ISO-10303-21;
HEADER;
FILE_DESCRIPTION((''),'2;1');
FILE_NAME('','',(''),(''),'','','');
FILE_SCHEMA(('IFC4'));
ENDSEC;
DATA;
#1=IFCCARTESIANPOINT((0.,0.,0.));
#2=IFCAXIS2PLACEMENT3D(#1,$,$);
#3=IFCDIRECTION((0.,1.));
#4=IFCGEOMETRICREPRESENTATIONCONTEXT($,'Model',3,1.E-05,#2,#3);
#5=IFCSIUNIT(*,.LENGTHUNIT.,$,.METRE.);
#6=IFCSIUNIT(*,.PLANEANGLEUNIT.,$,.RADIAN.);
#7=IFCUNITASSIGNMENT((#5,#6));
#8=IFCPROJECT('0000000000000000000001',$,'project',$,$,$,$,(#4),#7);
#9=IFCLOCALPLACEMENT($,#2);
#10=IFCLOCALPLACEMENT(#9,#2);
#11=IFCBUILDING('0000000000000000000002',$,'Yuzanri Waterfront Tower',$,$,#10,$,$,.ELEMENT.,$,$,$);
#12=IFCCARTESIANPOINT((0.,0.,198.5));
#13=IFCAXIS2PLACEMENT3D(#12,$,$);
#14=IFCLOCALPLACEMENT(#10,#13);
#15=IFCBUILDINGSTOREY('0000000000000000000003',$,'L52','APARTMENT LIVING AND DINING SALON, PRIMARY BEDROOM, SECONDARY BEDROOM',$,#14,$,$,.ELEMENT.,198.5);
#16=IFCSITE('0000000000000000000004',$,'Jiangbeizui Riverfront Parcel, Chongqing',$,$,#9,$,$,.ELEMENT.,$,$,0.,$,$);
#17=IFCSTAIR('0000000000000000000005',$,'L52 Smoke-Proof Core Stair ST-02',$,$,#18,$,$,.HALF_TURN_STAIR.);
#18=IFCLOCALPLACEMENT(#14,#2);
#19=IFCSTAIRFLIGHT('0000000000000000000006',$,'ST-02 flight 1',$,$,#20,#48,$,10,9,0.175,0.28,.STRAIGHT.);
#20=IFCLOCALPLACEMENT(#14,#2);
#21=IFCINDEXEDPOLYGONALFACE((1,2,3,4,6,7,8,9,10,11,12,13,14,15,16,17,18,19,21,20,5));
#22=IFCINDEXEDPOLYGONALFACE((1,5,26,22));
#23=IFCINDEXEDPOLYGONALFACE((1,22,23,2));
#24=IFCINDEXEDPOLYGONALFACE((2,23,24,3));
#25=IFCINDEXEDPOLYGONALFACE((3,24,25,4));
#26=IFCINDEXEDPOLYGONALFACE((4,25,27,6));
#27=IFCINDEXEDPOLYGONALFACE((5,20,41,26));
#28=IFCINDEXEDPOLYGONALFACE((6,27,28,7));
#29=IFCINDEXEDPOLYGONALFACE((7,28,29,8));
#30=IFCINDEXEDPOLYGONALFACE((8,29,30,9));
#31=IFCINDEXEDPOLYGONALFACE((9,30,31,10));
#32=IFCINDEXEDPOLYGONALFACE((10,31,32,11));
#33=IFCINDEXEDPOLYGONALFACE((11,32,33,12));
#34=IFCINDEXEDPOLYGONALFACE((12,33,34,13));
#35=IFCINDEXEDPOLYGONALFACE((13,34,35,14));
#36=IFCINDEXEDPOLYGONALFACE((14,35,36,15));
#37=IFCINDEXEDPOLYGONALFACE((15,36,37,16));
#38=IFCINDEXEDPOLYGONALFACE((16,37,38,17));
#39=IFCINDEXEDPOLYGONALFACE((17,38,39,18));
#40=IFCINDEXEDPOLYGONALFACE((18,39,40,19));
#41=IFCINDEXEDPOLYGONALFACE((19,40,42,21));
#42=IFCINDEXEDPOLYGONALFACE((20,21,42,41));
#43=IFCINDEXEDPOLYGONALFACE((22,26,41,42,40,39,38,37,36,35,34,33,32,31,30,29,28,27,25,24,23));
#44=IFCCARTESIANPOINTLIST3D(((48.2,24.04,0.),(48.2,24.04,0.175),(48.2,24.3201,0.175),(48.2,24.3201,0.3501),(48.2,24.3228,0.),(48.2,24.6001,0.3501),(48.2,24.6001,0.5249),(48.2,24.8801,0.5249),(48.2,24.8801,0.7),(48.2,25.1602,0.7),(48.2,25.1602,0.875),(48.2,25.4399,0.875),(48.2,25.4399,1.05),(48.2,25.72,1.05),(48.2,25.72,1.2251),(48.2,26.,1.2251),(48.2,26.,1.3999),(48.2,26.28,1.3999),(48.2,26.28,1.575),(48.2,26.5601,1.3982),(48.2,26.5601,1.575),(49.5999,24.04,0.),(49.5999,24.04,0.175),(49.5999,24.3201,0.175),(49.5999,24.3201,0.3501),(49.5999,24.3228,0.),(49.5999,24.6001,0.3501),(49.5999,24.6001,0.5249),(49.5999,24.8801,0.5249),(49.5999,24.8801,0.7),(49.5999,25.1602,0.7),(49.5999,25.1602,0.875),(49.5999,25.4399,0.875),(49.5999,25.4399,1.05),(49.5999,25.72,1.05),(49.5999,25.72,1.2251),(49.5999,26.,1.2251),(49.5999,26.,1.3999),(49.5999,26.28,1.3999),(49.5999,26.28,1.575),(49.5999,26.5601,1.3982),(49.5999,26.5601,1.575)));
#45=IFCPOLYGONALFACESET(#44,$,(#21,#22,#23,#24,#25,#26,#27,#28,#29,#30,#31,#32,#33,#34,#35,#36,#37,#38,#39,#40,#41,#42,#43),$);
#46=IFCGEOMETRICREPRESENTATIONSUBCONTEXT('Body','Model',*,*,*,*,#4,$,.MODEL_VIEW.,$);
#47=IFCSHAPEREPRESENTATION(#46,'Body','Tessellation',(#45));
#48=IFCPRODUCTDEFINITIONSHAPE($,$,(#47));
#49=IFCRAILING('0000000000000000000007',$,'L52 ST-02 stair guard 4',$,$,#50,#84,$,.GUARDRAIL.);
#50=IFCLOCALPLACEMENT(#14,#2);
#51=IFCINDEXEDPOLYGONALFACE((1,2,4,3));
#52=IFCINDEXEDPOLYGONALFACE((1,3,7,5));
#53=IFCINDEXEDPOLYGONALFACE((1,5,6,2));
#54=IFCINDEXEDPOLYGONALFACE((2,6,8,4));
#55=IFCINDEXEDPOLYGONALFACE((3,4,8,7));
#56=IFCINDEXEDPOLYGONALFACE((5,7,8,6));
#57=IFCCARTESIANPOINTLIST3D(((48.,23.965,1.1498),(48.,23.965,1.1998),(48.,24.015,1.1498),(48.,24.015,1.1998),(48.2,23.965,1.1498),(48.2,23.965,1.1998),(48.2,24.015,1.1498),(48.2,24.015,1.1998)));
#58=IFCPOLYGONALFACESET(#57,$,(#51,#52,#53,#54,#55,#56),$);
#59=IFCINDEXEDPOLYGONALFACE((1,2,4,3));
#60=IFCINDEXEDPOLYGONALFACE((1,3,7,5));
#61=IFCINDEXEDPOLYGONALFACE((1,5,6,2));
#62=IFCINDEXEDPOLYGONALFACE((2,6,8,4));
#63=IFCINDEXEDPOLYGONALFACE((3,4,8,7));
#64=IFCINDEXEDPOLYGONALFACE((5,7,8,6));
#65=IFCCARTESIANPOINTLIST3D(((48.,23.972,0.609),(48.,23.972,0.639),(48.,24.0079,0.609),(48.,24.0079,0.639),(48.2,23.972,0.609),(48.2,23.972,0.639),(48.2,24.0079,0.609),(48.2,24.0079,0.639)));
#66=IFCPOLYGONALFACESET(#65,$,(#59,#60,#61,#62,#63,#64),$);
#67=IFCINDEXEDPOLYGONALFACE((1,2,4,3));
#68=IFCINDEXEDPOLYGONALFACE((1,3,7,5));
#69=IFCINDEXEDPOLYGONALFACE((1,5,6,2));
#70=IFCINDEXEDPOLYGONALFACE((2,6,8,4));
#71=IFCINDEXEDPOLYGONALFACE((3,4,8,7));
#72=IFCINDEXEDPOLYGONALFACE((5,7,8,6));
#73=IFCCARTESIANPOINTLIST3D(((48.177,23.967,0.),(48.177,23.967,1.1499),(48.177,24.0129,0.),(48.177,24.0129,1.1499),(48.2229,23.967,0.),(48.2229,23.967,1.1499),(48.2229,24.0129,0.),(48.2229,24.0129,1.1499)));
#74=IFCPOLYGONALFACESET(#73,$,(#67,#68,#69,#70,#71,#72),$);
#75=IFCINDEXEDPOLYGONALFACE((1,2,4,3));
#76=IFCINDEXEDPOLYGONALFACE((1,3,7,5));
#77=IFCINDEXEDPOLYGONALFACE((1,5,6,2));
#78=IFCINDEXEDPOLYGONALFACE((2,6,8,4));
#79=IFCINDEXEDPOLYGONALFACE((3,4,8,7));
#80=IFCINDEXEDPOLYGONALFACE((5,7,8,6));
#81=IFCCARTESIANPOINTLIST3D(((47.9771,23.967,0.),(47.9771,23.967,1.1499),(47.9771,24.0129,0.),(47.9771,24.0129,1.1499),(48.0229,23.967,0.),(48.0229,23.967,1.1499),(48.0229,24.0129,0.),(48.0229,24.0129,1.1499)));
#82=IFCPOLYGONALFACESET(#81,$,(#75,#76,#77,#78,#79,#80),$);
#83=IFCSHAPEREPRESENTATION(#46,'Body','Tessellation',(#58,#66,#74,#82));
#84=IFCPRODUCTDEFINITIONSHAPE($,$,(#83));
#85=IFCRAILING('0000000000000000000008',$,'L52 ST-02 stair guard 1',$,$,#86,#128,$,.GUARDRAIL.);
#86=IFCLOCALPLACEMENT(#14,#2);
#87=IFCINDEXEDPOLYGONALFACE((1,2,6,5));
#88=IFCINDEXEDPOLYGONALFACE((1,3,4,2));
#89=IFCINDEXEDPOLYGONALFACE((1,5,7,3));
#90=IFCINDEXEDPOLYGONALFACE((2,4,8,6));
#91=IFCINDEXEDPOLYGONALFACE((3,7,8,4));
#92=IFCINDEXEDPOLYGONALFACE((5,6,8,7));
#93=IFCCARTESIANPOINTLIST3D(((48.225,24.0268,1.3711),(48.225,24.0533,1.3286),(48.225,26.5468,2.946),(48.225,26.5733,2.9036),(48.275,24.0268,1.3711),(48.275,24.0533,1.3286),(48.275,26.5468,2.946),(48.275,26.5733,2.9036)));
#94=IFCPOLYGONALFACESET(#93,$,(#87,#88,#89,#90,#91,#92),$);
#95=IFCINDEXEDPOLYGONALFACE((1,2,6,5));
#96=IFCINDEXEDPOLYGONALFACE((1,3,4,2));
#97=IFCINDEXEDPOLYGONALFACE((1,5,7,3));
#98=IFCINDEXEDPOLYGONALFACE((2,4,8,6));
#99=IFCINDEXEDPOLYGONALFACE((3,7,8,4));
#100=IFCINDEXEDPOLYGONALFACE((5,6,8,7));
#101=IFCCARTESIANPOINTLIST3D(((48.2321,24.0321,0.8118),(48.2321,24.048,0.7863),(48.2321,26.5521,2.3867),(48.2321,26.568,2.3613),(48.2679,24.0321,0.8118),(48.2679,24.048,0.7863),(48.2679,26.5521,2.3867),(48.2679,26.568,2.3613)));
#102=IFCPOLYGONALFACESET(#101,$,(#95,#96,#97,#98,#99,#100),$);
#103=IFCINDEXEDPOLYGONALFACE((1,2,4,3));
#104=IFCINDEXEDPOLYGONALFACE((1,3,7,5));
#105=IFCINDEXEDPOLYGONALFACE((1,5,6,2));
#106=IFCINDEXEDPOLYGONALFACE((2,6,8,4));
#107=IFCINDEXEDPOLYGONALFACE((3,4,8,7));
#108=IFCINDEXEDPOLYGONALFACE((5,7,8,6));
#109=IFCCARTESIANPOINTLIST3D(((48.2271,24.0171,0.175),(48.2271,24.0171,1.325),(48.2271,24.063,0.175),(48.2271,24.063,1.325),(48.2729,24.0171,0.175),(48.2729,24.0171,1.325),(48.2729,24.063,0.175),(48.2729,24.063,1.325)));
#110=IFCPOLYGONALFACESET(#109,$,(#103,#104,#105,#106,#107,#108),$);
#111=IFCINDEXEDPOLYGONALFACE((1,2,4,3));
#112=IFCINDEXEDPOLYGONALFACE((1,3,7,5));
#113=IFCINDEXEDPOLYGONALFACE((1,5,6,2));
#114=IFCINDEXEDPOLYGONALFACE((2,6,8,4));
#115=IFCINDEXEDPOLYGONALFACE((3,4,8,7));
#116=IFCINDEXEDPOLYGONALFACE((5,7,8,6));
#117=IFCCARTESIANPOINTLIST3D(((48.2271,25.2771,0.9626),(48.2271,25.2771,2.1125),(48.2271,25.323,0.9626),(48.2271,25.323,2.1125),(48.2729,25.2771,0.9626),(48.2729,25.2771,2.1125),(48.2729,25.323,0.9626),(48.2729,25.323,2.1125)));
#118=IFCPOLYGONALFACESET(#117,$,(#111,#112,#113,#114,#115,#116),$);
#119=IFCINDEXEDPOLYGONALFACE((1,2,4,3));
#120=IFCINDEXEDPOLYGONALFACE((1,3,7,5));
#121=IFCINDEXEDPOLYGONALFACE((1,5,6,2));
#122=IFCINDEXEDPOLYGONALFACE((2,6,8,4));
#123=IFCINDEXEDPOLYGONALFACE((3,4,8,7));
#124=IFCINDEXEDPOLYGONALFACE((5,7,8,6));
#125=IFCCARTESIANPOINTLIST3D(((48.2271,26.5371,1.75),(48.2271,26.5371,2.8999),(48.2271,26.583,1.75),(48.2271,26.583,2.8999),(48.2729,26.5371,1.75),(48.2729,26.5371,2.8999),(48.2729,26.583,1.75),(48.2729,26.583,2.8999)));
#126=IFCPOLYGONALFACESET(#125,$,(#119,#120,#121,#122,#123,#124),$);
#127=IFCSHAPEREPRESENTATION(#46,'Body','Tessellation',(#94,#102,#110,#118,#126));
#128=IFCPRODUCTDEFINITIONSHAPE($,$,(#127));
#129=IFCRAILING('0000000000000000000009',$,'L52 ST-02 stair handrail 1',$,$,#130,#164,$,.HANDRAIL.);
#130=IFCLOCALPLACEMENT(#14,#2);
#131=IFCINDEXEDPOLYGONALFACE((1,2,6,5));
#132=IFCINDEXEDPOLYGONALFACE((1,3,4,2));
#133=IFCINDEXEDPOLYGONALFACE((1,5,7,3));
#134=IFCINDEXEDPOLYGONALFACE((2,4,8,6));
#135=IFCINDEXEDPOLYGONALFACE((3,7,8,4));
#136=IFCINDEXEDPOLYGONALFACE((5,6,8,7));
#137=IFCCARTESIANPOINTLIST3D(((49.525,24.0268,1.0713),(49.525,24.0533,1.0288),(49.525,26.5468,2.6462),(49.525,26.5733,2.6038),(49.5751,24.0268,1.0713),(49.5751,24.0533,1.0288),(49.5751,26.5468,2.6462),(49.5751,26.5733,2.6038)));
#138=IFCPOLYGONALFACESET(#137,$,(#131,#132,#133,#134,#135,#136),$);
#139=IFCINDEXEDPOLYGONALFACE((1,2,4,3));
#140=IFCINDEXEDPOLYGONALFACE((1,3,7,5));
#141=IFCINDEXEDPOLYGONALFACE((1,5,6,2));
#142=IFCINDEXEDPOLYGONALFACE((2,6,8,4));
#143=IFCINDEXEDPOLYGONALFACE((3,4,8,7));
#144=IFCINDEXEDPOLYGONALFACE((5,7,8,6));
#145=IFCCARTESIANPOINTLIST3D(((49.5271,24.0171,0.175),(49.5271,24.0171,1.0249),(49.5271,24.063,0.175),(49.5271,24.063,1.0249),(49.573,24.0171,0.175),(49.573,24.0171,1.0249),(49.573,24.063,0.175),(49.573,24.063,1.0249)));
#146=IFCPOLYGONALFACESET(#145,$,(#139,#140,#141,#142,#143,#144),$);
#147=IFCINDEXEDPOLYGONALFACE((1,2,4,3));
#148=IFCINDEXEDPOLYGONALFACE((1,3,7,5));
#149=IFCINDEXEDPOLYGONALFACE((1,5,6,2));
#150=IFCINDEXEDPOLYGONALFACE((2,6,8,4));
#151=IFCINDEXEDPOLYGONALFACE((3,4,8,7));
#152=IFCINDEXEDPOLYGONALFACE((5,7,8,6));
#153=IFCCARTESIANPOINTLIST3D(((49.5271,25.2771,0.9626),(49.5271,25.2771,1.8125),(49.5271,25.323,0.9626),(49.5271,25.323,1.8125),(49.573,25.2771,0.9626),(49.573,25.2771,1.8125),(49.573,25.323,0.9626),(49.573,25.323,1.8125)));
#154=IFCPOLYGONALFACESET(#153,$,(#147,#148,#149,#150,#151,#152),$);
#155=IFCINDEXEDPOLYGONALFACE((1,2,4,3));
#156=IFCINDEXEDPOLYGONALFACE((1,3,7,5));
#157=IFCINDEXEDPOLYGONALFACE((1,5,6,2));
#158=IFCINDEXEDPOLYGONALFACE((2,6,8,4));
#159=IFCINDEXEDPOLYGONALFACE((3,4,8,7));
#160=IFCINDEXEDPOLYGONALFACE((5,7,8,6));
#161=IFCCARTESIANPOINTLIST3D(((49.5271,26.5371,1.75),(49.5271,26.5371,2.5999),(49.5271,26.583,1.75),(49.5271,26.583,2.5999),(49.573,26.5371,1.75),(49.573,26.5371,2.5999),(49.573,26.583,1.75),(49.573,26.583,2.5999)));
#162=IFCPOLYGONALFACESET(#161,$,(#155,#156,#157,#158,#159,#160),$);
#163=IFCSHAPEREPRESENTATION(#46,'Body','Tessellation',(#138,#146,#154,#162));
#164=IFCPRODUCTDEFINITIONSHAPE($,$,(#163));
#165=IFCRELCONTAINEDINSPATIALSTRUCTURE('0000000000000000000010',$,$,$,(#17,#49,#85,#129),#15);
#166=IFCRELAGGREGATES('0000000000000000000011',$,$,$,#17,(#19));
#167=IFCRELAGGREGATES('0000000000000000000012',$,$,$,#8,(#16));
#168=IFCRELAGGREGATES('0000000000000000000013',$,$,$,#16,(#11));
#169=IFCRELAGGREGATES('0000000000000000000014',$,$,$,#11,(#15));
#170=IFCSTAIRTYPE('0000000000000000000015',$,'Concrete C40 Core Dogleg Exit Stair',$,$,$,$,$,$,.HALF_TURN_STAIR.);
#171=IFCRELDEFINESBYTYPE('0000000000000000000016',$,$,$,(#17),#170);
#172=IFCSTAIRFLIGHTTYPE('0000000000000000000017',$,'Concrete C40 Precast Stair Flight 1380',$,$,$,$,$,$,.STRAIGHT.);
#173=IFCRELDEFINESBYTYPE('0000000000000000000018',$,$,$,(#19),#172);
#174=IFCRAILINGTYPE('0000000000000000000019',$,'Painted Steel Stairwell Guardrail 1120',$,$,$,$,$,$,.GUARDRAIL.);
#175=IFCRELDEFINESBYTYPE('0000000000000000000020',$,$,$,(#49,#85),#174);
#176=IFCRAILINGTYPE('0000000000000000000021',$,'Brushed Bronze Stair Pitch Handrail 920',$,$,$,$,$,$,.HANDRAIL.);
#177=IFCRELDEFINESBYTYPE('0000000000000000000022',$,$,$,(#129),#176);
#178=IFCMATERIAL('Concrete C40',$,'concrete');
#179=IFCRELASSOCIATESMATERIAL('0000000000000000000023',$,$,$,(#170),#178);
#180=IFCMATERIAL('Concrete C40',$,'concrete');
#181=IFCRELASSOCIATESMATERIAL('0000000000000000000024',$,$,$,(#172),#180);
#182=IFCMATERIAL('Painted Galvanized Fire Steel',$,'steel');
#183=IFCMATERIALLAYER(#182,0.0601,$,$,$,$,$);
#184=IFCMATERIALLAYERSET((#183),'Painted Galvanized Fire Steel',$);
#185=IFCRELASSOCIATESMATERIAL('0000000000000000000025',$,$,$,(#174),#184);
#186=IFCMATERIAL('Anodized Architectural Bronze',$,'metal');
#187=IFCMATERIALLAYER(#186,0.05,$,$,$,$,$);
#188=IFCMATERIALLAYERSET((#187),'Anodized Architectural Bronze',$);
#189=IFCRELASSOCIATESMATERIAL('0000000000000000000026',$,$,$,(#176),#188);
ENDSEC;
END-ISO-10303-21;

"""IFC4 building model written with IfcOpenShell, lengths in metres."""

from ifc_helpers import new_model, si_unit, direction, frame, origin, origin_2d, place, context, subcontext, project, spatial, polyline, rectangle, outline, extrude, source, transform, mapped, material, layer, layer_set, type_object, element, aggregate, save


model = new_model("IFC4")

# Units and contexts
model_context = context("Model", 3, precision=1e-05, world=origin(), true_north=direction((0.0, 1.0)))
body_context = subcontext(model_context, "Body", "Model", "MODEL_VIEW")
ifc_project = project(units=[si_unit("LENGTHUNIT", "METRE"), si_unit("PLANEANGLEUNIT", "RADIAN")], contexts=[model_context])

# Site, building, storey
site_placement = place(None, origin())
site = spatial("IfcSite", under=ifc_project, at=site_placement, Name="Jiangbeizui Riverfront Parcel, Chongqing", CompositionType="ELEMENT", RefElevation=0.0)
building_placement = place(site_placement, origin())
building = spatial("IfcBuilding", under=site, at=building_placement, Name="Yuzanri Waterfront Tower", CompositionType="ELEMENT")
storey_placement = place(building_placement, frame((0.0, 0.0, 198.5)))
storey = spatial("IfcBuildingStorey", under=building, at=storey_placement, Name="L52", Description="APARTMENT LIVING AND DINING SALON, PRIMARY BEDROOM, SECONDARY BEDROOM", CompositionType="ELEMENT", Elevation=198.5)

# Stair, stair flight
ifc_material_1 = material(Name="Concrete C40", Category="concrete")
stair_type = type_object("IfcStairType", Name="Concrete C40 Core Dogleg Exit Stair", PredefinedType="HALF_TURN_STAIR", material=ifc_material_1)
stair_placement = place(storey_placement, origin())
stair = element("IfcStair", 1, at=stair_placement, inside=storey, type_object=stair_type, Name="L52 Smoke-Proof Core Stair ST-02", PredefinedType="HALF_TURN_STAIR")
ifc_material_2 = material(Name="Concrete C40", Category="concrete")
stair_flight_type = type_object("IfcStairFlightType", Name="Concrete C40 Precast Stair Flight 1380", PredefinedType="STRAIGHT", material=ifc_material_2)
shared_shape_1 = source(origin(), body_context, "Body", "SweptSolid", [
    extrude(outline(polyline([(0.0, 0.0), (0.0, 0.175), (0.28, 0.175), (0.28, 0.3501), (0.5601, 0.3501), (0.5601, 0.5249), (0.8401, 0.5249), (0.8401, 0.7), (1.1201, 0.7), (1.1201, 0.875), (1.3999, 0.875), (1.3999, 1.05), (1.6799, 1.05), (1.6799, 1.2251), (1.96, 1.2251), (1.96, 1.3999), (2.24, 1.3999), (2.24, 1.575), (2.52, 1.575), (2.52, 1.75), (2.52, 1.3982), (0.2827, 0.0), (0.0, 0.0)])), frame((0.0, 0.7, 0.0), z_axis=(0.0, -1.0, 0.0), x_axis=(1.0, 0.0, 0.0)), (0.0, 0.0, 1.0), 1.3999),
])
stair_flight_placement = place(storey_placement, frame((48.8999, 24.04, 0.0), z_axis=(0.0, 0.0, 1.0), x_axis=(0.0, 1.0, 0.0)))
stair_flight = element("IfcStairFlight", 2, at=stair_flight_placement, type_object=stair_flight_type, Name="ST-02 flight 1", NumberOfRisers=10, NumberOfTreads=9, PredefinedType="STRAIGHT", RiserHeight=0.175, TreadLength=0.28, context=body_context, shape_type="MappedRepresentation", body=[
    mapped(shared_shape_1, transform((0.0, 0.0, 0.0), scale=1.0)),
])
aggregate(stair, [stair_flight])

# Railings
ifc_material_3 = material(Name="Painted Galvanized Fire Steel", Category="steel")
ifc_layer_1 = layer(ifc_material_3, 0.0601)
ifc_layer_set_1 = layer_set([ifc_layer_1], Name="Painted Galvanized Fire Steel")
railing_type_1 = type_object("IfcRailingType", Name="Painted Steel Stairwell Guardrail 1120", PredefinedType="GUARDRAIL", material=ifc_layer_set_1)
shared_shape_2 = source(origin(), body_context, "Body", "SweptSolid", [
    extrude(rectangle(XDim=0.05, YDim=0.05, at=origin_2d()), frame((0.0, 0.0, 1.1748), z_axis=(-1.0, 0.0, 0.0), x_axis=(0.0, -1.0, 0.0)), (0.0, 0.0, 1.0), 0.2),
    extrude(rectangle(XDim=0.0359, YDim=0.03, at=origin_2d()), frame((0.0, 0.0, 0.624), z_axis=(-1.0, 0.0, 0.0), x_axis=(0.0, -1.0, 0.0)), (0.0, 0.0, 1.0), 0.2),
    extrude(rectangle(XDim=0.0459, YDim=0.0459, at=origin_2d()), origin(), (0.0, 0.0, 1.0), 1.1499),
    extrude(rectangle(XDim=0.0459, YDim=0.0459, at=origin_2d()), frame((-0.2, 0.0, 0.0)), (0.0, 0.0, 1.0), 1.1499),
])
railing_1_placement = place(storey_placement, frame((48.2, 23.99, 0.0)))
element("IfcRailing", 3, at=railing_1_placement, inside=storey, type_object=railing_type_1, Name="L52 ST-02 stair guard 4", PredefinedType="GUARDRAIL", context=body_context, shape_type="MappedRepresentation", body=[
    mapped(shared_shape_2, transform((0.0, 0.0, 0.0), scale=1.0)),
])
shared_shape_3 = source(origin(), body_context, "Body", "SweptSolid", [
    extrude(rectangle(XDim=0.05, YDim=0.05, at=origin_2d()), frame((0.0, 0.0, 1.1748), z_axis=(0.0, 0.848008, 0.529984), x_axis=(-1.0, 0.0, 0.0)), (0.0, 0.0, 1.0), 2.9717),
    extrude(rectangle(XDim=0.0359, YDim=0.03, at=origin_2d()), frame((0.0, 0.0, 0.624), z_axis=(0.0, 0.848008, 0.529984), x_axis=(-1.0, 0.0, 0.0)), (0.0, 0.0, 1.0), 2.9717),
    extrude(rectangle(XDim=0.0459, YDim=0.0459, at=origin_2d()), origin(), (0.0, 0.0, 1.0), 1.1499),
    extrude(rectangle(XDim=0.0459, YDim=0.0459, at=origin_2d()), frame((0.0, 1.26, 0.7876)), (0.0, 0.0, 1.0), 1.1499),
    extrude(rectangle(XDim=0.0459, YDim=0.0459, at=origin_2d()), frame((0.0, 2.52, 1.575)), (0.0, 0.0, 1.0), 1.1499),
])
railing_2_placement = place(storey_placement, frame((48.25, 24.04, 0.175)))
element("IfcRailing", 4, at=railing_2_placement, inside=storey, type_object=railing_type_1, Name="L52 ST-02 stair guard 1", PredefinedType="GUARDRAIL", context=body_context, shape_type="MappedRepresentation", body=[
    mapped(shared_shape_3, transform((0.0, 0.0, 0.0), scale=1.0)),
])
ifc_material_4 = material(Name="Anodized Architectural Bronze", Category="metal")
ifc_layer_2 = layer(ifc_material_4, 0.05)
ifc_layer_set_2 = layer_set([ifc_layer_2], Name="Anodized Architectural Bronze")
railing_type_2 = type_object("IfcRailingType", Name="Brushed Bronze Stair Pitch Handrail 920", PredefinedType="HANDRAIL", material=ifc_layer_set_2)
shared_shape_4 = source(origin(), body_context, "Body", "SweptSolid", [
    extrude(rectangle(XDim=0.05, YDim=0.05, at=origin_2d()), frame((0.0, 0.0, 0.875), z_axis=(0.0, 0.848008, 0.529984), x_axis=(-1.0, 0.0, 0.0)), (0.0, 0.0, 1.0), 2.9717),
    extrude(rectangle(XDim=0.0459, YDim=0.0459, at=origin_2d()), origin(), (0.0, 0.0, 1.0), 0.8499),
    extrude(rectangle(XDim=0.0459, YDim=0.0459, at=origin_2d()), frame((0.0, 1.26, 0.7876)), (0.0, 0.0, 1.0), 0.8499),
    extrude(rectangle(XDim=0.0459, YDim=0.0459, at=origin_2d()), frame((0.0, 2.52, 1.575)), (0.0, 0.0, 1.0), 0.8499),
])
railing_3_placement = place(storey_placement, frame((49.55, 24.04, 0.175)))
element("IfcRailing", 5, at=railing_3_placement, inside=storey, type_object=railing_type_2, Name="L52 ST-02 stair handrail 1", PredefinedType="HANDRAIL", context=body_context, shape_type="MappedRepresentation", body=[
    mapped(shared_shape_4, transform((0.0, 0.0, 0.0), scale=1.0)),
])

save(model, "model.ifc")
